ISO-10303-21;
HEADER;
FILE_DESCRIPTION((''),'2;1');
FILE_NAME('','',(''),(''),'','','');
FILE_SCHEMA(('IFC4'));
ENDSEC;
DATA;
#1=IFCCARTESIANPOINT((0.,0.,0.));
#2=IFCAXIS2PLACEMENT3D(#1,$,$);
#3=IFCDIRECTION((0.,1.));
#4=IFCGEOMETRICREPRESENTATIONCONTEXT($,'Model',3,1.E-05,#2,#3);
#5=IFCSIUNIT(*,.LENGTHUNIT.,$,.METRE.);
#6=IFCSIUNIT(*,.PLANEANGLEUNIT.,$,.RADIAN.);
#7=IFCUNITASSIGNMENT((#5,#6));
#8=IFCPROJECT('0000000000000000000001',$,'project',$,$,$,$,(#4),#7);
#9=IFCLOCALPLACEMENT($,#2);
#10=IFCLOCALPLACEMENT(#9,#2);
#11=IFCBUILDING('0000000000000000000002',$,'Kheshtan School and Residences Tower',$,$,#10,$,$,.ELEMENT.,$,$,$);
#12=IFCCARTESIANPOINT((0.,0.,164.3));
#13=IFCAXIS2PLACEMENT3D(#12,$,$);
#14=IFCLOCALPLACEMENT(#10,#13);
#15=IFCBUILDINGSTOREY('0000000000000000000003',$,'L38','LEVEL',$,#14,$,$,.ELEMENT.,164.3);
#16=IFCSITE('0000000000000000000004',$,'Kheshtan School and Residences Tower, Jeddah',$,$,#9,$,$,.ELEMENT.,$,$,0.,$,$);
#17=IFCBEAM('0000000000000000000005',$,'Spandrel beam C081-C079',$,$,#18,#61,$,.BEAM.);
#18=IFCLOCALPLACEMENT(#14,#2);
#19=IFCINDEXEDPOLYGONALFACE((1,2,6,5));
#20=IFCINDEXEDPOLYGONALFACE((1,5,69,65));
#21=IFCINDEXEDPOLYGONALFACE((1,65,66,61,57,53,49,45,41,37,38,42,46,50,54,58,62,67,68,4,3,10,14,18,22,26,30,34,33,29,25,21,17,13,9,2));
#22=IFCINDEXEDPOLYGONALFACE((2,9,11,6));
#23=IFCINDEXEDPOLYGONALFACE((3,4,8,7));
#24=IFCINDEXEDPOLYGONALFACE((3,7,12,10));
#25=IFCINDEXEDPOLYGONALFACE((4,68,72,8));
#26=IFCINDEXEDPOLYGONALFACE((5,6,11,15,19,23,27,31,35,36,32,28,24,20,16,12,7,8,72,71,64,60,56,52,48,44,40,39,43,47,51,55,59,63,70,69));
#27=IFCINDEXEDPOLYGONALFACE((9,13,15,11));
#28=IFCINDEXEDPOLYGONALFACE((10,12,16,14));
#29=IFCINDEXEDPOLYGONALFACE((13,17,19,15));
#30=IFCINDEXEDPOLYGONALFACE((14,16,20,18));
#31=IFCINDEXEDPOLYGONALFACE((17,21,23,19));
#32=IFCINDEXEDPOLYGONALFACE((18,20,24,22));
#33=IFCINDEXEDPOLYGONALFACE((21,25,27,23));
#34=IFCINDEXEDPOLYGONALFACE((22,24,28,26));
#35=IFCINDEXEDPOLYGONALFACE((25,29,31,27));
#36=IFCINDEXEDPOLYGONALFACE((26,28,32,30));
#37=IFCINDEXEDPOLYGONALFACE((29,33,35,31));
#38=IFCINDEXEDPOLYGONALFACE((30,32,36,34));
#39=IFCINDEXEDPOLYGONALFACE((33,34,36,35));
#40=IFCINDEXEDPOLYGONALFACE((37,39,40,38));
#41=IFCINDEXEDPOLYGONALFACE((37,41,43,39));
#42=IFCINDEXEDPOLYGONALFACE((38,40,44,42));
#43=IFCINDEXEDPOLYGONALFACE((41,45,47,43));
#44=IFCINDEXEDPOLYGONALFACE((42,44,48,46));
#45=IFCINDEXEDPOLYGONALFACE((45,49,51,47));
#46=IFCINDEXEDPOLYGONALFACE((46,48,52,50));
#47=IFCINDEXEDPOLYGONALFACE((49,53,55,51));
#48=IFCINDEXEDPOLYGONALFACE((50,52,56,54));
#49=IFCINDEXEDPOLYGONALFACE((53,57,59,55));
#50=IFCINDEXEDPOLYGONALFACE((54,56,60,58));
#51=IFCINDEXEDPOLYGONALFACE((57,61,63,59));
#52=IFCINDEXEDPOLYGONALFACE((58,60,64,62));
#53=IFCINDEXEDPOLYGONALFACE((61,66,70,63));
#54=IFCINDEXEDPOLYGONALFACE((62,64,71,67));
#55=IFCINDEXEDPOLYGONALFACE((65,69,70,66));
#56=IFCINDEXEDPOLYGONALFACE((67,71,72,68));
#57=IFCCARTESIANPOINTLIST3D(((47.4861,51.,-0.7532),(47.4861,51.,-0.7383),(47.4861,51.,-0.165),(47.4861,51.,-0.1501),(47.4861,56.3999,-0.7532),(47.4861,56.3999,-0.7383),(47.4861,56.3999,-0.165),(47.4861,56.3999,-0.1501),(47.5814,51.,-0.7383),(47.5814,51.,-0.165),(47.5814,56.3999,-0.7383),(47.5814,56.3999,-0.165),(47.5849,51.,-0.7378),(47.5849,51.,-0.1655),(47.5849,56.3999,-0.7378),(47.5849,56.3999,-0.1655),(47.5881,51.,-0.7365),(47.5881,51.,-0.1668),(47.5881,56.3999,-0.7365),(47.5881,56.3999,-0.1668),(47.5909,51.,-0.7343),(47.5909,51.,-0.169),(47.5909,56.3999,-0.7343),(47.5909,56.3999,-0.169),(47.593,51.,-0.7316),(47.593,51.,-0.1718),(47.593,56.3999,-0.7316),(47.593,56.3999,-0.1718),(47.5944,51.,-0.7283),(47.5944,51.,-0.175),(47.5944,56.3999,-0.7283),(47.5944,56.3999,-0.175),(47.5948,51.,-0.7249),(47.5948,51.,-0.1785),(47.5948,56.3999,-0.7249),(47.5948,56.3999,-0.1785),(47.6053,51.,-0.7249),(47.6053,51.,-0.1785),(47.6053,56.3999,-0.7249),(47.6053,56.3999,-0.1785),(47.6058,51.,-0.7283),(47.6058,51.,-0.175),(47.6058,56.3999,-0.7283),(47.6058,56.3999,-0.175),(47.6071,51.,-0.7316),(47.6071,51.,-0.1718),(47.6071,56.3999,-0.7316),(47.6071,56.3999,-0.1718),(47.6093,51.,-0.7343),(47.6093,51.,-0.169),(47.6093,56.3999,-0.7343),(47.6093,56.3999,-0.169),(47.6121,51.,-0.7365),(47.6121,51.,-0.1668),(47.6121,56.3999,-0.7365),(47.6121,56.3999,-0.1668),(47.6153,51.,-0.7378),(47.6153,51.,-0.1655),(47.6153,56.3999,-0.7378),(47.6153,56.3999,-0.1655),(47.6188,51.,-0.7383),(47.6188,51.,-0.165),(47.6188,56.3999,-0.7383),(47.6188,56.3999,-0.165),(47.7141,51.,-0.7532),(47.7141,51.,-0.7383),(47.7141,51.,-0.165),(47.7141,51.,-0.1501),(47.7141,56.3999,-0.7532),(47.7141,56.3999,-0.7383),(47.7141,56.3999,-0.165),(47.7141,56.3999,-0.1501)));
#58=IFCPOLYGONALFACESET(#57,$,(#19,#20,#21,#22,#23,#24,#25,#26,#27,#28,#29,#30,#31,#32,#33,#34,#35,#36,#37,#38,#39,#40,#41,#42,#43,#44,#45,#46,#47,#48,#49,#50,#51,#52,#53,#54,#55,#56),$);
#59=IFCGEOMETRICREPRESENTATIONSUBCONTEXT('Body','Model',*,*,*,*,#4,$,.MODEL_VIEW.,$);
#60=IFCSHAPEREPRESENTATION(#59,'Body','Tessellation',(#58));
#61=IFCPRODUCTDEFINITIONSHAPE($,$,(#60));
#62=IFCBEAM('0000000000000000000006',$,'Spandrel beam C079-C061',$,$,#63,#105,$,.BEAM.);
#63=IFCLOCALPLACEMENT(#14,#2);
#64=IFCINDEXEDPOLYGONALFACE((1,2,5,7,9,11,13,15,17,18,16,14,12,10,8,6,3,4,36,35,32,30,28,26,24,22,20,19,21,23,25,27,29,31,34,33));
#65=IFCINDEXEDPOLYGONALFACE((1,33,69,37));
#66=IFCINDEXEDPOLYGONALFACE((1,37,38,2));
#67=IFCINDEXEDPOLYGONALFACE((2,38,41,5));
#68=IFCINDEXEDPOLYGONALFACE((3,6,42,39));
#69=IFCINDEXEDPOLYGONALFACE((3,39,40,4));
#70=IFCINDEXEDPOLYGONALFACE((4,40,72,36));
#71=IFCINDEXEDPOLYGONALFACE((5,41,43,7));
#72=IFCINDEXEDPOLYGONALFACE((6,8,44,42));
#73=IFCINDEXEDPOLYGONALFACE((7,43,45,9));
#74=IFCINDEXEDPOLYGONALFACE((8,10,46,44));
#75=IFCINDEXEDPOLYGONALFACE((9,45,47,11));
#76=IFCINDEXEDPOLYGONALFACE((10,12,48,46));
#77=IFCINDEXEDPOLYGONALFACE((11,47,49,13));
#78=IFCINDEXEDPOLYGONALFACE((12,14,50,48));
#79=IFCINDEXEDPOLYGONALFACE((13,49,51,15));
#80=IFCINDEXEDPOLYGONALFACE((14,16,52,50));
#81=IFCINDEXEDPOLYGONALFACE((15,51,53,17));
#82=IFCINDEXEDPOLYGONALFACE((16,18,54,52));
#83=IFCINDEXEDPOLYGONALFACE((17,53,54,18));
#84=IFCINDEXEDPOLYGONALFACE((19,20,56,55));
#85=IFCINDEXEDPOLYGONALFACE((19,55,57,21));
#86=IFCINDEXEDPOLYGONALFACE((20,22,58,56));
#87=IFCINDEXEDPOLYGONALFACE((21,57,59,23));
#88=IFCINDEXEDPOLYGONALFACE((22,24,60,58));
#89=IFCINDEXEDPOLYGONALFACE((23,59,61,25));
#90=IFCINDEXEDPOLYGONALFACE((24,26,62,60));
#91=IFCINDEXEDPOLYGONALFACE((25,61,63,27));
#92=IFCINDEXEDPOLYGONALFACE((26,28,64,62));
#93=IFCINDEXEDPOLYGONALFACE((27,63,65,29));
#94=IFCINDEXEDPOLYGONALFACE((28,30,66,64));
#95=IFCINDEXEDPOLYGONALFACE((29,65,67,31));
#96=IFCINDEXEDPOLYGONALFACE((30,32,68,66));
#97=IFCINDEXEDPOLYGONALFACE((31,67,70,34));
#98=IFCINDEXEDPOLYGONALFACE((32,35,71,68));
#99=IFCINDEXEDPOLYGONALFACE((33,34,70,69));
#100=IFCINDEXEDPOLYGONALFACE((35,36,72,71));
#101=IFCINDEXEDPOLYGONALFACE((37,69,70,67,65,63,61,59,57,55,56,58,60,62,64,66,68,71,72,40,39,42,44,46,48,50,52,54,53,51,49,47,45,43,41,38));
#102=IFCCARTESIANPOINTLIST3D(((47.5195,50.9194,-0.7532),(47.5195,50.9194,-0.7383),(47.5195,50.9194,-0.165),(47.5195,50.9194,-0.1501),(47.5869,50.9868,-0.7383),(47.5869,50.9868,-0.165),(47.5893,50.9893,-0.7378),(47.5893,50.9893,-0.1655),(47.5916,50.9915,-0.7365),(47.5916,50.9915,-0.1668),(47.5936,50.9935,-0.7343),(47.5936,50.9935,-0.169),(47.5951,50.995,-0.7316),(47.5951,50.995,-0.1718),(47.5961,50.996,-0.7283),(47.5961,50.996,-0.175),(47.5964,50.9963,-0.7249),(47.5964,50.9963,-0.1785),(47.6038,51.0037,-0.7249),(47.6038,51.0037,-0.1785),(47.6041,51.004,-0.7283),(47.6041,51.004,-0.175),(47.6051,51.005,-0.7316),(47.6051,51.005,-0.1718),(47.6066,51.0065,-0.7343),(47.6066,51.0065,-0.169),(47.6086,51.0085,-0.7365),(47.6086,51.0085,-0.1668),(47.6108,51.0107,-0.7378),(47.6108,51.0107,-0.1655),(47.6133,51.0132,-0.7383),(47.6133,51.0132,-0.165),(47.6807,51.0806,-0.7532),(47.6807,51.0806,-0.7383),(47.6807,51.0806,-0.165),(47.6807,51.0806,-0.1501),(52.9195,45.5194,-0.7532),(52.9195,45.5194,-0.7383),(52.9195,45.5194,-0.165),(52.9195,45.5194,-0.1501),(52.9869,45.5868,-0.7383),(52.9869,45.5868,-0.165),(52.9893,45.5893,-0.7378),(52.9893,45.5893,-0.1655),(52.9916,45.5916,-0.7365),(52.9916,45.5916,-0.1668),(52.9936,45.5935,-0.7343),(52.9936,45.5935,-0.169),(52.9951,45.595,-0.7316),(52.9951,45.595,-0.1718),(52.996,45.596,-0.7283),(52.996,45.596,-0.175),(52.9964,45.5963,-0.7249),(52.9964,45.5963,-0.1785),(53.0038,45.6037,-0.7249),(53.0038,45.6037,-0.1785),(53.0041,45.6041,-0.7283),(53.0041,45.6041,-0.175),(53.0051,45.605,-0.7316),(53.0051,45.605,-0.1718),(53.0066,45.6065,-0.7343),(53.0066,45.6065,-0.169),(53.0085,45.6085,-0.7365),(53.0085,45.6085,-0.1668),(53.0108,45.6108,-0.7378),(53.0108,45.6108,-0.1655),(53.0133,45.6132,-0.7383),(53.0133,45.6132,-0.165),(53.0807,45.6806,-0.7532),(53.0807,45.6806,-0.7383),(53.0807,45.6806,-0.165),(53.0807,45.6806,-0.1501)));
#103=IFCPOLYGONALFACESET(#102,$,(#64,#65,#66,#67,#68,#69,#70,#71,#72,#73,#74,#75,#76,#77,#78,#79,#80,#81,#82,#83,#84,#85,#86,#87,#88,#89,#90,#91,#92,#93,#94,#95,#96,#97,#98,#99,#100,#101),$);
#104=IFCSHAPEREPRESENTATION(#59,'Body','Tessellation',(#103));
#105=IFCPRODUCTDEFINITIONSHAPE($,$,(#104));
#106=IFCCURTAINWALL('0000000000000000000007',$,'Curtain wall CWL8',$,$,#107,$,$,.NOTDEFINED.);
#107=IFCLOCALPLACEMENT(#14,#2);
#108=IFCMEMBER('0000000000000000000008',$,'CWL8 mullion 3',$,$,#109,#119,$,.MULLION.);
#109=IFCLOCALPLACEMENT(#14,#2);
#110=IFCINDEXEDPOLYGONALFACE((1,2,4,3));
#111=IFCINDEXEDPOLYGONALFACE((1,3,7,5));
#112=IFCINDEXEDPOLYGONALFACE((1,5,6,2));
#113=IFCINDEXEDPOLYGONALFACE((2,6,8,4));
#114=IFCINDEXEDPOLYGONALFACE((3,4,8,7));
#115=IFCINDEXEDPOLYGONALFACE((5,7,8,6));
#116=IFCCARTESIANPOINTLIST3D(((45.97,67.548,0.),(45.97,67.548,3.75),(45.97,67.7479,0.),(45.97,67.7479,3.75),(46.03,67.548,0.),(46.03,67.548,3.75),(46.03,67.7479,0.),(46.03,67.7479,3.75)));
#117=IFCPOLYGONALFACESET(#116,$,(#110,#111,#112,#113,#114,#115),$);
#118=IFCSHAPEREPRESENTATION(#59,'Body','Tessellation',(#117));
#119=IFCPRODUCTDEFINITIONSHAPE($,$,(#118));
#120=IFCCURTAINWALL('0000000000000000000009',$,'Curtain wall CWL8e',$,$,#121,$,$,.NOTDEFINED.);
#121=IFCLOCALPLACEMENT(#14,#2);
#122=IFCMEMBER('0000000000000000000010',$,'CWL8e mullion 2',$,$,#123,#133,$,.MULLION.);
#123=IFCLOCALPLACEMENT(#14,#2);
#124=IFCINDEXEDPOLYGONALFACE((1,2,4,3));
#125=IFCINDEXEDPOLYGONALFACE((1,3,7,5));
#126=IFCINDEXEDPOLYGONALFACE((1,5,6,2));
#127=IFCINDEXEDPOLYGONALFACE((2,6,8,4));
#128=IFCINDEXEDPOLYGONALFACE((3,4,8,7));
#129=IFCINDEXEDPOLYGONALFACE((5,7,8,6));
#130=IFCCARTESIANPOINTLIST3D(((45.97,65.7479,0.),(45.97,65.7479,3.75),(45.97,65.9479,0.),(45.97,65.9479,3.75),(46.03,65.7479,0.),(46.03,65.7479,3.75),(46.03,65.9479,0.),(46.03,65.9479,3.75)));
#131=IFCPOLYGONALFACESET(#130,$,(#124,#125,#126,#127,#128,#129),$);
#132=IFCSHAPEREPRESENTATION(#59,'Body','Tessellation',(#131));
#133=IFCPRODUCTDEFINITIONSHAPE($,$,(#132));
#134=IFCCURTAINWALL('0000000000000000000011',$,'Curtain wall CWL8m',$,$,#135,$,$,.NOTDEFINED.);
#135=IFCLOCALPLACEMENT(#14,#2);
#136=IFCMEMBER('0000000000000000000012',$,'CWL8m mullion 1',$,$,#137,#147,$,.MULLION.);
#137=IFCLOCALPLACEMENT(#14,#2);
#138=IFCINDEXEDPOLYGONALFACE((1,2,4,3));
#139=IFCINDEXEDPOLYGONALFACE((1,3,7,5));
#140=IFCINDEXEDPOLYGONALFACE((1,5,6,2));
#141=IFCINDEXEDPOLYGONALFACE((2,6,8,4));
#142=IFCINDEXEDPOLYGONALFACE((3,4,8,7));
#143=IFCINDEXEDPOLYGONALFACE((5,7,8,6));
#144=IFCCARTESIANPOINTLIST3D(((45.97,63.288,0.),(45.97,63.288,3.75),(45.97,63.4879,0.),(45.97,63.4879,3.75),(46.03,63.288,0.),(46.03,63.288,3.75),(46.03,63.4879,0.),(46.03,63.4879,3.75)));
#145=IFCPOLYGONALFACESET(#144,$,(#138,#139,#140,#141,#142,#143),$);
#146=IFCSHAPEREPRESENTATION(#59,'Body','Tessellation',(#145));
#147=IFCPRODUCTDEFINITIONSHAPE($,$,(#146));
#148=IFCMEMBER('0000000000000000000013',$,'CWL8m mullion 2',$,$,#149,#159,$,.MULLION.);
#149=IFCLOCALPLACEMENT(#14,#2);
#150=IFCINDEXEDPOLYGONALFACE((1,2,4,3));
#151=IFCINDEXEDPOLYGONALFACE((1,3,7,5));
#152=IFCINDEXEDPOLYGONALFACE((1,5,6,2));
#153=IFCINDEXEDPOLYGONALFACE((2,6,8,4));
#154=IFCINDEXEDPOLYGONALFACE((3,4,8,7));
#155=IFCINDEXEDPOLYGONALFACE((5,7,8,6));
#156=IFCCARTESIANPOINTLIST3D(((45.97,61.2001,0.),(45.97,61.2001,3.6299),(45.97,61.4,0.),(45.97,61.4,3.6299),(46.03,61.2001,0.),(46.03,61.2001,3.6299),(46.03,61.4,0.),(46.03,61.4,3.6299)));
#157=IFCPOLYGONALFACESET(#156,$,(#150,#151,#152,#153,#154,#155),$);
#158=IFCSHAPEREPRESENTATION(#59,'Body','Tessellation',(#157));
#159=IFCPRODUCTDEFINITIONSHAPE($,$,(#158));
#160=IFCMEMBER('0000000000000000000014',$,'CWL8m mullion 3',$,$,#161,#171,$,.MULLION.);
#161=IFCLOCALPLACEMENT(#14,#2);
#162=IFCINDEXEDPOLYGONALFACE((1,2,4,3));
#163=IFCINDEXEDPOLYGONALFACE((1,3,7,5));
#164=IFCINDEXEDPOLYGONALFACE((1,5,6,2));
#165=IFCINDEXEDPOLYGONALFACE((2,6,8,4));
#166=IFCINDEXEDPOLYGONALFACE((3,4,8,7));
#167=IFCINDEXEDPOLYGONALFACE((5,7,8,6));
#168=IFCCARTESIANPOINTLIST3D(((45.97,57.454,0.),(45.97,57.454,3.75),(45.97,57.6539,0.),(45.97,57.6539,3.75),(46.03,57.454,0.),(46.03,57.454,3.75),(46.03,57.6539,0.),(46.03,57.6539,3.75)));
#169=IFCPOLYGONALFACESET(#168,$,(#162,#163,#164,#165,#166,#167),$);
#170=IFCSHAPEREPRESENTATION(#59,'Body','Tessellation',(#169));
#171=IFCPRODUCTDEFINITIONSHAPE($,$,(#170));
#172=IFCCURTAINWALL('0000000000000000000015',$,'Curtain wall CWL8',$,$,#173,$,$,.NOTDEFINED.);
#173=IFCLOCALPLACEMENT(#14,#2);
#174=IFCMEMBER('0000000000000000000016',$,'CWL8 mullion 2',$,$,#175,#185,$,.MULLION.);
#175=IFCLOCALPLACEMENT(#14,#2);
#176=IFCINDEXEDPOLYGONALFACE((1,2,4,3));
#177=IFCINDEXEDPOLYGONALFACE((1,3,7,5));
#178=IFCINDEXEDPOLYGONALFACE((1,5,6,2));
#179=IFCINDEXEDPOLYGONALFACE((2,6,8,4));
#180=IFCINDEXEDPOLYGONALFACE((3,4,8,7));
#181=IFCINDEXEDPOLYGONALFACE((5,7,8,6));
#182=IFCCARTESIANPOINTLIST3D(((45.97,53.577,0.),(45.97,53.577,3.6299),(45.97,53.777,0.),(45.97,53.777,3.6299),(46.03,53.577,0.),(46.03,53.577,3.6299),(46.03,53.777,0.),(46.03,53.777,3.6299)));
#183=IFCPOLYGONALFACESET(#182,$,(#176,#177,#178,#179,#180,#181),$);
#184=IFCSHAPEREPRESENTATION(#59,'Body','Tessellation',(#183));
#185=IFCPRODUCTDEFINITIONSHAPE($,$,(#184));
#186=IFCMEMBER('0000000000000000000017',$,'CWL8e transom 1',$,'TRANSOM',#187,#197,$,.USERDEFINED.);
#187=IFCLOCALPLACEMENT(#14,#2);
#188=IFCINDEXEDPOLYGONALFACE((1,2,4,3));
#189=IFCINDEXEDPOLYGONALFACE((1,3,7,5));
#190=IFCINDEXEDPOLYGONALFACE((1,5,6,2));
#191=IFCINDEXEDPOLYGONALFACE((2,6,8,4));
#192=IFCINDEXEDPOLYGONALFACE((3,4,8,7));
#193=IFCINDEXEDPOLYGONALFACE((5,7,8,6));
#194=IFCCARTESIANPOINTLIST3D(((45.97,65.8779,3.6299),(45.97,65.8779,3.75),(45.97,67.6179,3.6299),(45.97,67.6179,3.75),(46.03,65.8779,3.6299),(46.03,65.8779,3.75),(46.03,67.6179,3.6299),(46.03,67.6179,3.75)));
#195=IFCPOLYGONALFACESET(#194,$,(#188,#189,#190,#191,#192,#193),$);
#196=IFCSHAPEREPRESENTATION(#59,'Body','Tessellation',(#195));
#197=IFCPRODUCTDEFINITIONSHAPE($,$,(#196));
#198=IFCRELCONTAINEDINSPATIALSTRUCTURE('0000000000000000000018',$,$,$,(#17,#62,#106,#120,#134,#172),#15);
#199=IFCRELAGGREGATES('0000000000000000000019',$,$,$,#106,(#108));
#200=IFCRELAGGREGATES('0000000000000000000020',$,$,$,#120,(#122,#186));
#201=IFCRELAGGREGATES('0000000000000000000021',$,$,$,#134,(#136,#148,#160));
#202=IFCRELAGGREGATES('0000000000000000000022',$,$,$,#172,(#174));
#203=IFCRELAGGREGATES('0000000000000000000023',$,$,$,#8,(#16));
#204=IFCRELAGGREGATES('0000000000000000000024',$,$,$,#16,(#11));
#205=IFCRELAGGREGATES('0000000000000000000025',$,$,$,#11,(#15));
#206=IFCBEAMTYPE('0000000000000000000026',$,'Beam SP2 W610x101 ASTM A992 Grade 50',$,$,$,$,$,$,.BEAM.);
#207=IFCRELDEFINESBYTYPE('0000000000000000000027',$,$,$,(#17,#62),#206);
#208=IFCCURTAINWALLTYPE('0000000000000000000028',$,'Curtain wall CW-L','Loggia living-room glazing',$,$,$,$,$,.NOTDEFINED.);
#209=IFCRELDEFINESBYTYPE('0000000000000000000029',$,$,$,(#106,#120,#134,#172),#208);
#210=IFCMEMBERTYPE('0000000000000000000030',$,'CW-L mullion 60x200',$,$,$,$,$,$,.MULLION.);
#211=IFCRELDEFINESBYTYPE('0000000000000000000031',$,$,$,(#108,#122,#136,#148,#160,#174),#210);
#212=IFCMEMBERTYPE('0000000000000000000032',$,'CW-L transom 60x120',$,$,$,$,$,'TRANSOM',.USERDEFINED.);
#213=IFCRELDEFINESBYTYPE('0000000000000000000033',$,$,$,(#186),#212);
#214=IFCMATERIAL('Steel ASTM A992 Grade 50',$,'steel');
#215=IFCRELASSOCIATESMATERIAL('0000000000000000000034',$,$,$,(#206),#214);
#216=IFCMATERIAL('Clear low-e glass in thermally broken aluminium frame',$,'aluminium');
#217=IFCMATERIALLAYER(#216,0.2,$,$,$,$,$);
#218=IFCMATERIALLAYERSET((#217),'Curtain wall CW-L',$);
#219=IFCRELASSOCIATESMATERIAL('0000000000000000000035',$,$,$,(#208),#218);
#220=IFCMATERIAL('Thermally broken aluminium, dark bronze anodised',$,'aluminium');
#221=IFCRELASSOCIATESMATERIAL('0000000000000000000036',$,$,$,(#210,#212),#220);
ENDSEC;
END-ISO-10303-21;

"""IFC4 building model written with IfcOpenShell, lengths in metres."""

from ifc_helpers import new_model, si_unit, direction, frame, origin, origin_2d, place, context, subcontext, project, spatial, rectangle, i_section, extrude, material, layer, layer_set, material_profile, profile_set, type_object, element, aggregate, save


model = new_model("IFC4")

# Units and contexts
model_context = context("Model", 3, precision=1e-05, world=origin(), true_north=direction((0.0, 1.0)))
body_context = subcontext(model_context, "Body", "Model", "MODEL_VIEW")
ifc_project = project(units=[si_unit("LENGTHUNIT", "METRE"), si_unit("PLANEANGLEUNIT", "RADIAN")], contexts=[model_context])

# Site, building, storey
site_placement = place(None, origin())
site = spatial("IfcSite", under=ifc_project, at=site_placement, Name="Kheshtan School and Residences Tower, Jeddah", CompositionType="ELEMENT", RefElevation=0.0)
building_placement = place(site_placement, origin())
building = spatial("IfcBuilding", under=site, at=building_placement, Name="Kheshtan School and Residences Tower", CompositionType="ELEMENT")
storey_placement = place(building_placement, frame((0.0, 0.0, 164.3)))
storey = spatial("IfcBuildingStorey", under=building, at=storey_placement, Name="L38", Description="LEVEL", CompositionType="ELEMENT", Elevation=164.3)

# Shared definitions
ifc_material_1 = material(Name="Steel ASTM A992 Grade 50", Category="steel")

# Beams
ifc_material_profile_1 = material_profile(ifc_material_1, i_section(OverallWidth=0.228, OverallDepth=0.603, WebThickness=0.0105, FlangeThickness=0.0149, FilletRadius=0.0134, at=origin_2d()), Name="W610x101")
ifc_profile_set_1 = profile_set([ifc_material_profile_1], Name="Steel ASTM A992 Grade 50")
beam_type_1 = type_object("IfcBeamType", Name="Beam SP2 W610x101 ASTM A992 Grade 50", PredefinedType="BEAM", material=ifc_profile_set_1)
beam_1_placement = place(storey_placement, frame((47.6001, 56.3999, -0.4517), z_axis=(0.0, -1.0, 0.0), x_axis=(1.0, 0.0, 0.0)))
element("IfcBeam", 1, at=beam_1_placement, inside=storey, type_object=beam_type_1, Name="Spandrel beam C081-C079", PredefinedType="BEAM", context=body_context, shape_type="SweptSolid", body=[
    extrude(i_section(OverallWidth=0.228, OverallDepth=0.603, WebThickness=0.0105, FlangeThickness=0.0149, FilletRadius=0.0134, at=origin_2d()), origin(), (0.0, 0.0, 1.0), 5.3999),
])
beam_2_placement = place(storey_placement, frame((47.6001, 51.0, -0.4517), z_axis=(0.707107, -0.707107, 0.0), x_axis=(0.707107, 0.707107, 0.0)))
element("IfcBeam", 2, at=beam_2_placement, inside=storey, type_object=beam_type_1, Name="Spandrel beam C079-C061", PredefinedType="BEAM", context=body_context, shape_type="SweptSolid", body=[
    extrude(i_section(OverallWidth=0.228, OverallDepth=0.603, WebThickness=0.0105, FlangeThickness=0.0149, FilletRadius=0.0134, at=origin_2d()), origin(), (0.0, 0.0, 1.0), 7.6367),
])

# Curtain walls, members
ifc_material_2 = material(Name="Clear low-e glass in thermally broken aluminium frame", Category="aluminium")
ifc_layer_1 = layer(ifc_material_2, 0.2)
ifc_layer_set_1 = layer_set([ifc_layer_1], Name="Curtain wall CW-L")
curtain_wall_type = type_object("IfcCurtainWallType", Name="Curtain wall CW-L", Description="Loggia living-room glazing", PredefinedType="NOTDEFINED", material=ifc_layer_set_1)
curtain_wall_1_placement = place(storey_placement, origin())
curtain_wall_1 = element("IfcCurtainWall", 3, at=curtain_wall_1_placement, inside=storey, type_object=curtain_wall_type, Name="Curtain wall CWL8", PredefinedType="NOTDEFINED")
ifc_material_3 = material(Name="Thermally broken aluminium, dark bronze anodised", Category="aluminium")
ifc_material_profile_2 = material_profile(ifc_material_3, rectangle(XDim=0.0601, YDim=0.2, at=origin_2d()), Name="CW-L mullion 60x200")
ifc_profile_set_2 = profile_set([ifc_material_profile_2], Name="Thermally broken aluminium, dark bronze anodised")
member_type_1 = type_object("IfcMemberType", Name="CW-L mullion 60x200", PredefinedType="MULLION", material=ifc_profile_set_2)
member_1_placement = place(storey_placement, frame((46.0, 67.6479, 0.0), z_axis=(0.0, 0.0, 1.0), x_axis=(1.0, 0.0, 0.0)))
member_1 = element("IfcMember", 4, at=member_1_placement, type_object=member_type_1, Name="CWL8 mullion 3", PredefinedType="MULLION", context=body_context, shape_type="SweptSolid", body=[
    extrude(rectangle(XDim=0.0601, YDim=0.2, at=origin_2d()), origin(), (0.0, 0.0, 1.0), 3.75),
])
curtain_wall_2_placement = place(storey_placement, origin())
curtain_wall_2 = element("IfcCurtainWall", 5, at=curtain_wall_2_placement, inside=storey, type_object=curtain_wall_type, Name="Curtain wall CWL8e", PredefinedType="NOTDEFINED")
member_2_placement = place(storey_placement, frame((46.0, 65.8479, 0.0), z_axis=(0.0, 0.0, 1.0), x_axis=(1.0, 0.0, 0.0)))
member_2 = element("IfcMember", 6, at=member_2_placement, type_object=member_type_1, Name="CWL8e mullion 2", PredefinedType="MULLION", context=body_context, shape_type="SweptSolid", body=[
    extrude(rectangle(XDim=0.0601, YDim=0.2, at=origin_2d()), origin(), (0.0, 0.0, 1.0), 3.75),
])

# Curtain wall, members
curtain_wall_3_placement = place(storey_placement, origin())
curtain_wall_3 = element("IfcCurtainWall", 7, at=curtain_wall_3_placement, inside=storey, type_object=curtain_wall_type, Name="Curtain wall CWL8m", PredefinedType="NOTDEFINED")
member_3_placement = place(storey_placement, frame((46.0, 63.3879, 0.0), z_axis=(0.0, 0.0, 1.0), x_axis=(1.0, 0.0, 0.0)))
member_3 = element("IfcMember", 8, at=member_3_placement, type_object=member_type_1, Name="CWL8m mullion 1", PredefinedType="MULLION", context=body_context, shape_type="SweptSolid", body=[
    extrude(rectangle(XDim=0.0601, YDim=0.2, at=origin_2d()), origin(), (0.0, 0.0, 1.0), 3.75),
])
member_4_placement = place(storey_placement, frame((46.0, 61.3, 0.0), z_axis=(0.0, 0.0, 1.0), x_axis=(1.0, 0.0, 0.0)))
member_4 = element("IfcMember", 9, at=member_4_placement, type_object=member_type_1, Name="CWL8m mullion 2", PredefinedType="MULLION", context=body_context, shape_type="SweptSolid", body=[
    extrude(rectangle(XDim=0.0601, YDim=0.2, at=origin_2d()), origin(), (0.0, 0.0, 1.0), 3.6299),
])
member_5_placement = place(storey_placement, frame((46.0, 57.554, 0.0), z_axis=(0.0, 0.0, 1.0), x_axis=(1.0, 0.0, 0.0)))
member_5 = element("IfcMember", 10, at=member_5_placement, type_object=member_type_1, Name="CWL8m mullion 3", PredefinedType="MULLION", context=body_context, shape_type="SweptSolid", body=[
    extrude(rectangle(XDim=0.0601, YDim=0.2, at=origin_2d()), origin(), (0.0, 0.0, 1.0), 3.75),
])

# Curtain wall, member
curtain_wall_4_placement = place(storey_placement, origin())
curtain_wall_4 = element("IfcCurtainWall", 11, at=curtain_wall_4_placement, inside=storey, type_object=curtain_wall_type, Name="Curtain wall CWL8", PredefinedType="NOTDEFINED")
member_6_placement = place(storey_placement, frame((46.0, 53.677, 0.0), z_axis=(0.0, 0.0, 1.0), x_axis=(1.0, 0.0, 0.0)))
member_6 = element("IfcMember", 12, at=member_6_placement, type_object=member_type_1, Name="CWL8 mullion 2", PredefinedType="MULLION", context=body_context, shape_type="SweptSolid", body=[
    extrude(rectangle(XDim=0.0601, YDim=0.2, at=origin_2d()), origin(), (0.0, 0.0, 1.0), 3.6299),
])

# Member
ifc_material_profile_3 = material_profile(ifc_material_3, rectangle(XDim=0.0601, YDim=0.1201, at=origin_2d()), Name="CW-L transom 60x120")
ifc_profile_set_3 = profile_set([ifc_material_profile_3], Name="Thermally broken aluminium, dark bronze anodised")
member_type_2 = type_object("IfcMemberType", Name="CW-L transom 60x120", ElementType="TRANSOM", PredefinedType="USERDEFINED", material=ifc_profile_set_3)
member_7_placement = place(storey_placement, frame((46.0, 67.6179, 3.6899), z_axis=(0.0, -1.0, 0.0), x_axis=(1.0, 0.0, 0.0)))
member_7 = element("IfcMember", 13, at=member_7_placement, type_object=member_type_2, Name="CWL8e transom 1", ObjectType="TRANSOM", PredefinedType="USERDEFINED", context=body_context, shape_type="SweptSolid", body=[
    extrude(rectangle(XDim=0.0601, YDim=0.1201, at=origin_2d()), origin(), (0.0, 0.0, 1.0), 1.74),
])

aggregate(curtain_wall_1, [member_1])
aggregate(curtain_wall_2, [member_2, member_7])
aggregate(curtain_wall_3, [member_3, member_4, member_5])
aggregate(curtain_wall_4, [member_6])

save(model, "model.ifc")
